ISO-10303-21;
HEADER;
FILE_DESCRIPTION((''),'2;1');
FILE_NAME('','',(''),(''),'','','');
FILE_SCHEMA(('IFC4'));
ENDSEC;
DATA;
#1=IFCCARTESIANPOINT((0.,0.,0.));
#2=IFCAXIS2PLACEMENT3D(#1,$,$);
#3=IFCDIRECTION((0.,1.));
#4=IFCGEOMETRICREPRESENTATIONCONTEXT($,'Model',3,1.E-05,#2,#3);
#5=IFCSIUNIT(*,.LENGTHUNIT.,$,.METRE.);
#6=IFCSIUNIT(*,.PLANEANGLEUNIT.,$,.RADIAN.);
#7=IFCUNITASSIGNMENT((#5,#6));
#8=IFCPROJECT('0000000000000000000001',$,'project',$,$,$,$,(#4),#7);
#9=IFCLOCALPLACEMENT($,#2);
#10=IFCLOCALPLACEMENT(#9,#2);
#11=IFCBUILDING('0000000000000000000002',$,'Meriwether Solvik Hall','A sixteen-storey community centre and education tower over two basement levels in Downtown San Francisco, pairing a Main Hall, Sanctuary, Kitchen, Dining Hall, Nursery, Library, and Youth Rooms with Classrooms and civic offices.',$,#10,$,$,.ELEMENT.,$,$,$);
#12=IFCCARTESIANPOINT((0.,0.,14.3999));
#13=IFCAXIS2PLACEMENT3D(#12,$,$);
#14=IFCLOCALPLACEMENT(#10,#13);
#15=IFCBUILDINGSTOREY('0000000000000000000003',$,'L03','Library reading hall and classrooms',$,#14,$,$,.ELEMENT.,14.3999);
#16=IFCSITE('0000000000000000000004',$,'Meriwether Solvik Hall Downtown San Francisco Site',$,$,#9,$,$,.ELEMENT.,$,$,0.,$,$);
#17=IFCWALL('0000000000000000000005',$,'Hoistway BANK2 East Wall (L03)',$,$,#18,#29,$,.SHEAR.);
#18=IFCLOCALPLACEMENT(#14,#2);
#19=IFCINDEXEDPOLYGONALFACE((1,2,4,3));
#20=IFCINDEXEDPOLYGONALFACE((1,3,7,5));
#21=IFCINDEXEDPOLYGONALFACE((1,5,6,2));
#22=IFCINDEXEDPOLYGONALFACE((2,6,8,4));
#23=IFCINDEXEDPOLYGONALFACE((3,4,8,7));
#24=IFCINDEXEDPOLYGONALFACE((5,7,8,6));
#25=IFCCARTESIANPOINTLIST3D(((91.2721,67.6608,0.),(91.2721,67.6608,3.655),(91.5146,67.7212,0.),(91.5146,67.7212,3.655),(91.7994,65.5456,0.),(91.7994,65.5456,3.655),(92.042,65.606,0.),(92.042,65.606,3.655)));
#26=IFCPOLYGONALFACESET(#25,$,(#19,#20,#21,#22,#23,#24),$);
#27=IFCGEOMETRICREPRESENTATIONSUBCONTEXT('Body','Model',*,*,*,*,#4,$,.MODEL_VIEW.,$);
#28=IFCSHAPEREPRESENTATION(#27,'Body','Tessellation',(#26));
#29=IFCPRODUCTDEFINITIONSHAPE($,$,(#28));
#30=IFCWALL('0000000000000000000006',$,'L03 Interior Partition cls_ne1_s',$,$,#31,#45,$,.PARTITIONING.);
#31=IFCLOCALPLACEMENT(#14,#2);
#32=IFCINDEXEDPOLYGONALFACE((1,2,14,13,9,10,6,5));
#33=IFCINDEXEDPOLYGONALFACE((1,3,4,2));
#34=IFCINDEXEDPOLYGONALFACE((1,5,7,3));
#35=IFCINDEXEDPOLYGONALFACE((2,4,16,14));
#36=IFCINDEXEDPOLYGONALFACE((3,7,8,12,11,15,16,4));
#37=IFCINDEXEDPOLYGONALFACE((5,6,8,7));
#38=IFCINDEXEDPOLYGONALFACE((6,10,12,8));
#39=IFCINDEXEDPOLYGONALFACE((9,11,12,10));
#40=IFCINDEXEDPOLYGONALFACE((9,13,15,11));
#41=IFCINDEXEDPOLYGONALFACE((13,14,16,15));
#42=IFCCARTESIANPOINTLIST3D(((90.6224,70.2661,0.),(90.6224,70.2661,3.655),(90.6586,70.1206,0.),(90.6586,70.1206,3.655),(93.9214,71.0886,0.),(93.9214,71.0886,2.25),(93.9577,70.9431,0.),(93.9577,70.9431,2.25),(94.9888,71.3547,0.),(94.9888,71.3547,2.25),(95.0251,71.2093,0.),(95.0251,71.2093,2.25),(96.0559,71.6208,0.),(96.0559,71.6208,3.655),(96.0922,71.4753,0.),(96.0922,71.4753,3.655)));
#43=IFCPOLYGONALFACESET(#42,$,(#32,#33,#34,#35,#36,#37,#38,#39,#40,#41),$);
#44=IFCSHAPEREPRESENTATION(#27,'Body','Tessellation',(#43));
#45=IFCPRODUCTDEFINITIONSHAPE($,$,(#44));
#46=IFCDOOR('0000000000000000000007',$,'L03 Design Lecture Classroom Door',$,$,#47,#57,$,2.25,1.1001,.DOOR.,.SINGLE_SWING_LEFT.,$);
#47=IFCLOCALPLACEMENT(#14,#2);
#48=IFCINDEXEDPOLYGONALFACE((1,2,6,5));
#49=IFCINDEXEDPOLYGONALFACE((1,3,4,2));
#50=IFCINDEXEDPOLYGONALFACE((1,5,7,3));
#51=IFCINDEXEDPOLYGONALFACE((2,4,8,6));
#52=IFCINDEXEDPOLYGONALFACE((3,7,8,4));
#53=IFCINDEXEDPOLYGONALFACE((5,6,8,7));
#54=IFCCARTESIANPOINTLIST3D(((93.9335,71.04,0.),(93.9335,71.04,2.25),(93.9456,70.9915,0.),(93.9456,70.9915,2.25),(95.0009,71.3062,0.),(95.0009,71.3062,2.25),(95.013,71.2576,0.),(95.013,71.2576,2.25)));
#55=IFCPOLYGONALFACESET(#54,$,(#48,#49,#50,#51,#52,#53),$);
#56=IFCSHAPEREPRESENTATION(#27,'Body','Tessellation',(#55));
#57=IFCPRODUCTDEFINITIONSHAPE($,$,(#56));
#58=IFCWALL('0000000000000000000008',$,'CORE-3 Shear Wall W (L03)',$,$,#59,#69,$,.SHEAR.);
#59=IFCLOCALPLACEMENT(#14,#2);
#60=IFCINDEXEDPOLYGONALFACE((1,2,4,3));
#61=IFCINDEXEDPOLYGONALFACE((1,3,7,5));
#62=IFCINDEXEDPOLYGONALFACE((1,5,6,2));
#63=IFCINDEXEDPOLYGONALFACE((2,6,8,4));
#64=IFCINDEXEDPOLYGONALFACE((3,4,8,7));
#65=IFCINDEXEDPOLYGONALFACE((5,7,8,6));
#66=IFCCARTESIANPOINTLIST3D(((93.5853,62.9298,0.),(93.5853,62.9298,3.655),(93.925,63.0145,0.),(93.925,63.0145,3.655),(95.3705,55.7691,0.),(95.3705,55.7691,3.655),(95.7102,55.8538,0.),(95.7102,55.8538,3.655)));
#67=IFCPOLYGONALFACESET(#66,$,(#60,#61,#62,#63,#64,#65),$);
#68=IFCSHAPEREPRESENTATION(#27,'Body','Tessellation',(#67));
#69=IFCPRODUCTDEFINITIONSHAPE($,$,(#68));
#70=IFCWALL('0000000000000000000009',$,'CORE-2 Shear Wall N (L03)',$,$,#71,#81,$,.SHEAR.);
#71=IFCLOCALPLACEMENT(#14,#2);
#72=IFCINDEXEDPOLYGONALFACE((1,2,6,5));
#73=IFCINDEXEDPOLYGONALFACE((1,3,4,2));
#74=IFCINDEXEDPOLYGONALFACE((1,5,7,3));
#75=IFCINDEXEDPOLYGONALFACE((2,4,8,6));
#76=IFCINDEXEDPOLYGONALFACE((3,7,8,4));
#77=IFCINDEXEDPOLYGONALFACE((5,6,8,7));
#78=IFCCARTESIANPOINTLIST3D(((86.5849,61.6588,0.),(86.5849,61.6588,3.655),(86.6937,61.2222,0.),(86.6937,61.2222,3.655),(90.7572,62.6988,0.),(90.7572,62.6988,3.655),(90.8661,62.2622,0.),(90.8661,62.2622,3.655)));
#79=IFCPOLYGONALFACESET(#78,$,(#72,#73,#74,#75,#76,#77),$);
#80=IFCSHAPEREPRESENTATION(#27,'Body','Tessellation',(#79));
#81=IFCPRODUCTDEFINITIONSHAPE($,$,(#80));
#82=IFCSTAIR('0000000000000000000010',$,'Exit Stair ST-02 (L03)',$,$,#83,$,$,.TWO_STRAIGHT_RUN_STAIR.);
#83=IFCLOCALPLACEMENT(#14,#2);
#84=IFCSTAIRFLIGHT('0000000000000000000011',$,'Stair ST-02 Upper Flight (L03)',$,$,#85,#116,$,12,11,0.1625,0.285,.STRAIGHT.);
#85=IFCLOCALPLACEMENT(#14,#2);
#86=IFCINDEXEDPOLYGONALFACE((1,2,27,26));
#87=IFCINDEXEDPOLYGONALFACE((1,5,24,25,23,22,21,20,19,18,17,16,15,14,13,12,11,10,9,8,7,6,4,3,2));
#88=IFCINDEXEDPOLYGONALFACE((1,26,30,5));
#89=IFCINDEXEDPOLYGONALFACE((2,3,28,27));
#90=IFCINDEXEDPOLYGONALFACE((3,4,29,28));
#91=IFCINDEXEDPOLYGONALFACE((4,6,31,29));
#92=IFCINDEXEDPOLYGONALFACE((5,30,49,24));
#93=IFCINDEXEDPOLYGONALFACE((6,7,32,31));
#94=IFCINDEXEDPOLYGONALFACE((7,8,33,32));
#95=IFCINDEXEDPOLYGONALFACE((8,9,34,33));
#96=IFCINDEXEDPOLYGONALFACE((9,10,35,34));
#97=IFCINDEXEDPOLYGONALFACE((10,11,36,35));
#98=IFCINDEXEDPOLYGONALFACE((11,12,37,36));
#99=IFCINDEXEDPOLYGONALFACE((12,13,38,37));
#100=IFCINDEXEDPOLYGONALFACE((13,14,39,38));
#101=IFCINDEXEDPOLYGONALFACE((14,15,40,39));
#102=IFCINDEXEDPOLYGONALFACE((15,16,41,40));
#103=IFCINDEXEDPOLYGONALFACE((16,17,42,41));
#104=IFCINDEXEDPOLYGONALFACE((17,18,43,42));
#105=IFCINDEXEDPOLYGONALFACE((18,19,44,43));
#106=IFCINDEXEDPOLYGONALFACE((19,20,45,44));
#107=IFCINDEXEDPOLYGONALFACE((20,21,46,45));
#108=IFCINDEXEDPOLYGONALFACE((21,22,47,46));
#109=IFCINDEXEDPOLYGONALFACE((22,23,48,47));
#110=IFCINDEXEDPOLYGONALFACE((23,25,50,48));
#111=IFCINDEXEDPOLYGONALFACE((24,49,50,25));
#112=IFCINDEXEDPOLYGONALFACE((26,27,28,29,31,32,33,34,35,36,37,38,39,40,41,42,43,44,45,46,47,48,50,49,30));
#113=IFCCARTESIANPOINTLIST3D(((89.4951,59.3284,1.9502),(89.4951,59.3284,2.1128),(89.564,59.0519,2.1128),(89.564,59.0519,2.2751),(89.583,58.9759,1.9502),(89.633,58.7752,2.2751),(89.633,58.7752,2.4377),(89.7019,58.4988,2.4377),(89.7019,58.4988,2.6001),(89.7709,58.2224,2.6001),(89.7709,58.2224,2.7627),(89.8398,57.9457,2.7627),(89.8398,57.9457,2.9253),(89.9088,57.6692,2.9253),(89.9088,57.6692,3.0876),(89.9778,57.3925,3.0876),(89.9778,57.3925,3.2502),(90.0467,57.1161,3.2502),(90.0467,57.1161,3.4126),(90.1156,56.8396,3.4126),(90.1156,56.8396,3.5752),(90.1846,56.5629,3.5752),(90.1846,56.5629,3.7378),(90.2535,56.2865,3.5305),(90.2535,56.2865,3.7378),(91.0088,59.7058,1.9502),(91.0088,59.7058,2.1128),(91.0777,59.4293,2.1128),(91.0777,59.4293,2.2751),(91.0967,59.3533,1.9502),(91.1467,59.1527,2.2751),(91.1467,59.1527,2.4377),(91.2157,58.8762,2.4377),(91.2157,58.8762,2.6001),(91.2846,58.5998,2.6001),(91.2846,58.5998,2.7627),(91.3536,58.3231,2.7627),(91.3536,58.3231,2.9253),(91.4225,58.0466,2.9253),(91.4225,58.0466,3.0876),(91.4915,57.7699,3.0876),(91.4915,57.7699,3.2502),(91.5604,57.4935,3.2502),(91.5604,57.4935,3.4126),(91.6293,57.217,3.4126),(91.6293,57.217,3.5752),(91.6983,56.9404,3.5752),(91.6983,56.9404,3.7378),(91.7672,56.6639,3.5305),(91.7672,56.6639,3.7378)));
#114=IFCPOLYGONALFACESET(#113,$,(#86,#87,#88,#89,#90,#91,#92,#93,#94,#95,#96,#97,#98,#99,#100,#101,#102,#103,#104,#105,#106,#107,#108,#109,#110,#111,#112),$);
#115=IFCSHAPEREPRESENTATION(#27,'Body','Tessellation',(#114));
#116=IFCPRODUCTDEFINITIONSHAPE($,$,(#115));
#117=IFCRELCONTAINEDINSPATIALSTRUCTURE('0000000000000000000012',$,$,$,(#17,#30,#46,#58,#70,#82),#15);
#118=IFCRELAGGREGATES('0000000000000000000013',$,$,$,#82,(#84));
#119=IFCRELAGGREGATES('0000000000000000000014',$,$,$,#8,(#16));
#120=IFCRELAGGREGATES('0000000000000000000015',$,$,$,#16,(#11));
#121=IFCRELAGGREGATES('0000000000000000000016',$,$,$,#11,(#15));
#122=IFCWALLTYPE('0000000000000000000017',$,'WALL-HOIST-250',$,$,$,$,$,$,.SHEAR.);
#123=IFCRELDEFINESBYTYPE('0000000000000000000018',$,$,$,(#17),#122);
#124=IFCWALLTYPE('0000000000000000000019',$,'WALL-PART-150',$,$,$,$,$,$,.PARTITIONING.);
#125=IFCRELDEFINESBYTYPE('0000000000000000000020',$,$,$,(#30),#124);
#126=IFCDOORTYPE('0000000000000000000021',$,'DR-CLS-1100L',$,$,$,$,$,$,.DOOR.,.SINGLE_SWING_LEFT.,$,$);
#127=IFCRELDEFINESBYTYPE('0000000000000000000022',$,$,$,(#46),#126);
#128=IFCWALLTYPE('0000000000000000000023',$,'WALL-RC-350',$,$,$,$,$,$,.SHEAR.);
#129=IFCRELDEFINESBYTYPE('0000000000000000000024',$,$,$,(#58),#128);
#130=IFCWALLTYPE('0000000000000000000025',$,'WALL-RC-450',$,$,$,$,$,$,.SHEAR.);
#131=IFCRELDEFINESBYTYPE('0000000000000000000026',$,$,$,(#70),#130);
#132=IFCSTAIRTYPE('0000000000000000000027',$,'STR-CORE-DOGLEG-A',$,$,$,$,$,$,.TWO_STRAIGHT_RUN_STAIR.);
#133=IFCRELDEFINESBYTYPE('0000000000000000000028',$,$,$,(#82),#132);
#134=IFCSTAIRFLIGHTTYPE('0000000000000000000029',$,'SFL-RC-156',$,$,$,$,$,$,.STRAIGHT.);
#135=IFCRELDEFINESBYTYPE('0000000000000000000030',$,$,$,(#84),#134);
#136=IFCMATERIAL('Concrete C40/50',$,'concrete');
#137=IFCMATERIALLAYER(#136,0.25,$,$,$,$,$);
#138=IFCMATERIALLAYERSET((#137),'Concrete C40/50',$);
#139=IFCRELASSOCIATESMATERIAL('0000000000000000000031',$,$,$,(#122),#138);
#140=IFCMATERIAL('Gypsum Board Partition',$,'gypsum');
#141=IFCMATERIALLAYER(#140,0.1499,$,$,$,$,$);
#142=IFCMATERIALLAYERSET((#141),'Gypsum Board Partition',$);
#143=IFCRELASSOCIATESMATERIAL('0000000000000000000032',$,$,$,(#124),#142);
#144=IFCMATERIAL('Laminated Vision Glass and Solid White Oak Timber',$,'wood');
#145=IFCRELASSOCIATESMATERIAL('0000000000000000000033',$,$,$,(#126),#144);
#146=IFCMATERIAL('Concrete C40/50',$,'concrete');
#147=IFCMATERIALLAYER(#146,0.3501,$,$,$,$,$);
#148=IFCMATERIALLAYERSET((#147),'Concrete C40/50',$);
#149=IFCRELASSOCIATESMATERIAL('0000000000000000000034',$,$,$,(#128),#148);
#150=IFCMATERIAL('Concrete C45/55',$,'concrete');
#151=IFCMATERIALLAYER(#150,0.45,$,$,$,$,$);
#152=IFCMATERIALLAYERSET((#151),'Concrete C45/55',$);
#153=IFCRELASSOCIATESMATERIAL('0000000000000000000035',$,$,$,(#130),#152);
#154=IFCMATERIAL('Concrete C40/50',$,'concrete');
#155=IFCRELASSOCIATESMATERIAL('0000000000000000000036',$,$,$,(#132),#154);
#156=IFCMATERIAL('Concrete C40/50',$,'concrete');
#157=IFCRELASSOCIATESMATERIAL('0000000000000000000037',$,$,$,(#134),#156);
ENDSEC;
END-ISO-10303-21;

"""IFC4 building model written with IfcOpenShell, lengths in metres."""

from ifc_helpers import new_model, si_unit, direction, frame, frame_2d, origin, place, context, subcontext, project, spatial, polyline, rectangle, outline, extrude, material, layer, layer_set, type_object, element, fill, aggregate, save


model = new_model("IFC4")

# Units and contexts
model_context = context("Model", 3, precision=1e-05, world=origin(), true_north=direction((0.0, 1.0)))
body_context = subcontext(model_context, "Body", "Model", "MODEL_VIEW")
ifc_project = project(units=[si_unit("LENGTHUNIT", "METRE"), si_unit("PLANEANGLEUNIT", "RADIAN")], contexts=[model_context])

# Site, building, storey
site_placement = place(None, origin())
site = spatial("IfcSite", under=ifc_project, at=site_placement, Name="Meriwether Solvik Hall Downtown San Francisco Site", CompositionType="ELEMENT", RefElevation=0.0)
building_placement = place(site_placement, origin())
building = spatial("IfcBuilding", under=site, at=building_placement, Name="Meriwether Solvik Hall", Description="A sixteen-storey community centre and education tower over two basement levels in Downtown San Francisco, pairing a Main Hall, Sanctuary, Kitchen, Dining Hall, Nursery, Library, and Youth Rooms with Classrooms and civic offices.", CompositionType="ELEMENT")
storey_placement = place(building_placement, frame((0.0, 0.0, 14.3999)))
storey = spatial("IfcBuildingStorey", under=building, at=storey_placement, Name="L03", Description="Library reading hall and classrooms", CompositionType="ELEMENT", Elevation=14.3999)

# Wall
ifc_material_1 = material(Name="Concrete C40/50", Category="concrete")
ifc_layer_1 = layer(ifc_material_1, 0.25)
ifc_layer_set_1 = layer_set([ifc_layer_1], Name="Concrete C40/50")
wall_type_1 = type_object("IfcWallType", Name="WALL-HOIST-250", PredefinedType="SHEAR", material=ifc_layer_set_1)
wall_1_placement = place(storey_placement, frame((91.9207, 65.5759, 0.0), z_axis=(0.0, 0.0, 1.0), x_axis=(-0.241903, 0.9703, 0.0)))
element("IfcWall", 1, at=wall_1_placement, inside=storey, type_object=wall_type_1, Name="Hoistway BANK2 East Wall (L03)", PredefinedType="SHEAR", context=body_context, shape_type="SweptSolid", body=[
    extrude(rectangle(XDim=2.1799, YDim=0.25, at=frame_2d((1.0898, 0.0))), origin(), (0.0, 0.0, 1.0), 3.655),
])

# Wall, opening, door
ifc_material_2 = material(Name="Gypsum Board Partition", Category="gypsum")
ifc_layer_2 = layer(ifc_material_2, 0.1499)
ifc_layer_set_2 = layer_set([ifc_layer_2], Name="Gypsum Board Partition")
wall_type_2 = type_object("IfcWallType", Name="WALL-PART-150", PredefinedType="PARTITIONING", material=ifc_layer_set_2)
wall_2_placement = place(storey_placement, frame((90.6406, 70.1934, 0.0), z_axis=(0.0, 0.0, 1.0), x_axis=(0.970296, 0.24192, 0.0)))
wall_2 = element("IfcWall", 2, at=wall_2_placement, inside=storey, type_object=wall_type_2, Name="L03 Interior Partition cls_ne1_s", PredefinedType="PARTITIONING", context=body_context, shape_type="SweptSolid", body=[
    extrude(rectangle(XDim=5.5999, YDim=0.1499, at=frame_2d((2.7998, 0.0))), origin(), (0.0, 0.0, 1.0), 3.655),
])
opening_1_placement = place(wall_2_placement, frame((3.3999, 0.0, 0.0)))
opening_1 = element("IfcOpeningElement", 3, at=opening_1_placement, cuts=wall_2, PredefinedType="OPENING", context=body_context, shape_type="SweptSolid", body=[
    extrude(rectangle(XDim=1.1001, YDim=2.25, at=frame_2d((0.55, 1.125))), frame((0.0, 0.0869, 0.0), z_axis=(0.0, -1.0, 0.0), x_axis=(1.0, 0.0, 0.0)), (0.0, 0.0, 1.0), 0.1738),
])
ifc_material_3 = material(Name="Laminated Vision Glass and Solid White Oak Timber", Category="wood")
door_type_1 = type_object("IfcDoorType", Name="DR-CLS-1100L", OperationType="SINGLE_SWING_LEFT", PredefinedType="DOOR", material=ifc_material_3)
door_1_placement = place(opening_1_placement, origin())
door_1 = element("IfcDoor", 4, at=door_1_placement, inside=storey, type_object=door_type_1, Name="L03 Design Lecture Classroom Door", OperationType="SINGLE_SWING_LEFT", OverallHeight=2.25, OverallWidth=1.1001, PredefinedType="DOOR", context=body_context, shape_type="SweptSolid", body=[
    extrude(rectangle(XDim=1.1001, YDim=2.25, at=frame_2d((0.55, 1.125))), frame((0.0, 0.0249, 0.0), z_axis=(0.0, -1.0, 0.0), x_axis=(1.0, 0.0, 0.0)), (0.0, 0.0, 1.0), 0.05),
])
fill(opening_1, door_1)

# Walls
ifc_material_4 = material(Name="Concrete C40/50", Category="concrete")
ifc_layer_3 = layer(ifc_material_4, 0.3501)
ifc_layer_set_3 = layer_set([ifc_layer_3], Name="Concrete C40/50")
wall_type_3 = type_object("IfcWallType", Name="WALL-RC-350", PredefinedType="SHEAR", material=ifc_layer_set_3)
wall_3_placement = place(storey_placement, frame((93.7551, 62.9722, 0.0), z_axis=(0.0, 0.0, 1.0), x_axis=(0.241897, -0.970302, 0.0)))
element("IfcWall", 5, at=wall_3_placement, inside=storey, type_object=wall_type_3, Name="CORE-3 Shear Wall W (L03)", PredefinedType="SHEAR", context=body_context, shape_type="SweptSolid", body=[
    extrude(rectangle(XDim=7.3799, YDim=0.3501, at=frame_2d((3.6899, 0.0))), origin(), (0.0, 0.0, 1.0), 3.655),
])
ifc_material_5 = material(Name="Concrete C45/55", Category="concrete")
ifc_layer_4 = layer(ifc_material_5, 0.45)
ifc_layer_set_4 = layer_set([ifc_layer_4], Name="Concrete C45/55")
wall_type_4 = type_object("IfcWallType", Name="WALL-RC-450", PredefinedType="SHEAR", material=ifc_layer_set_4)
wall_4_placement = place(storey_placement, frame((90.8115, 62.4805, 0.0), z_axis=(0.0, 0.0, 1.0), x_axis=(-0.970309, -0.241868, 0.0)))
element("IfcWall", 6, at=wall_4_placement, inside=storey, type_object=wall_type_4, Name="CORE-2 Shear Wall N (L03)", PredefinedType="SHEAR", context=body_context, shape_type="SweptSolid", body=[
    extrude(rectangle(XDim=4.3, YDim=0.45, at=frame_2d((2.1499, 0.0))), origin(), (0.0, 0.0, 1.0), 3.655),
])

# Stair, stair flight
ifc_material_6 = material(Name="Concrete C40/50", Category="concrete")
stair_type = type_object("IfcStairType", Name="STR-CORE-DOGLEG-A", PredefinedType="TWO_STRAIGHT_RUN_STAIR", material=ifc_material_6)
stair_placement = place(storey_placement, origin())
stair = element("IfcStair", 7, at=stair_placement, inside=storey, type_object=stair_type, Name="Exit Stair ST-02 (L03)", PredefinedType="TWO_STRAIGHT_RUN_STAIR")
ifc_material_7 = material(Name="Concrete C40/50", Category="concrete")
stair_flight_type = type_object("IfcStairFlightType", Name="SFL-RC-156", PredefinedType="STRAIGHT", material=ifc_material_7)
stair_flight_placement = place(storey_placement, frame((90.252, 59.5171, 1.9502), z_axis=(0.0, 0.0, 1.0), x_axis=(0.241922, -0.970296, 0.0)))
stair_flight = element("IfcStairFlight", 8, at=stair_flight_placement, type_object=stair_flight_type, Name="Stair ST-02 Upper Flight (L03)", NumberOfRisers=12, NumberOfTreads=11, PredefinedType="STRAIGHT", RiserHeight=0.1625, TreadLength=0.285, context=body_context, shape_type="SweptSolid", body=[
    extrude(outline(polyline([(0.0, 0.0), (0.0, 0.1626), (0.2849, 0.1626), (0.2849, 0.325), (0.5701, 0.325), (0.5701, 0.4875), (0.855, 0.4875), (0.855, 0.6499), (1.1399, 0.6499), (1.1399, 0.8125), (1.425, 0.8125), (1.425, 0.9751), (1.71, 0.9751), (1.71, 1.1375), (1.9951, 1.1375), (1.9951, 1.3), (2.28, 1.3), (2.28, 1.4624), (2.5649, 1.4624), (2.5649, 1.625), (2.8501, 1.625), (2.8501, 1.7876), (3.135, 1.7876), (3.135, 1.95), (3.135, 1.5803), (0.3633, 0.0), (0.0, 0.0)])), frame((0.0, 0.78, 0.0), z_axis=(0.0, -1.0, 0.0), x_axis=(1.0, 0.0, 0.0)), (0.0, 0.0, 1.0), 1.5601),
])
aggregate(stair, [stair_flight])

save(model, "model.ifc")
